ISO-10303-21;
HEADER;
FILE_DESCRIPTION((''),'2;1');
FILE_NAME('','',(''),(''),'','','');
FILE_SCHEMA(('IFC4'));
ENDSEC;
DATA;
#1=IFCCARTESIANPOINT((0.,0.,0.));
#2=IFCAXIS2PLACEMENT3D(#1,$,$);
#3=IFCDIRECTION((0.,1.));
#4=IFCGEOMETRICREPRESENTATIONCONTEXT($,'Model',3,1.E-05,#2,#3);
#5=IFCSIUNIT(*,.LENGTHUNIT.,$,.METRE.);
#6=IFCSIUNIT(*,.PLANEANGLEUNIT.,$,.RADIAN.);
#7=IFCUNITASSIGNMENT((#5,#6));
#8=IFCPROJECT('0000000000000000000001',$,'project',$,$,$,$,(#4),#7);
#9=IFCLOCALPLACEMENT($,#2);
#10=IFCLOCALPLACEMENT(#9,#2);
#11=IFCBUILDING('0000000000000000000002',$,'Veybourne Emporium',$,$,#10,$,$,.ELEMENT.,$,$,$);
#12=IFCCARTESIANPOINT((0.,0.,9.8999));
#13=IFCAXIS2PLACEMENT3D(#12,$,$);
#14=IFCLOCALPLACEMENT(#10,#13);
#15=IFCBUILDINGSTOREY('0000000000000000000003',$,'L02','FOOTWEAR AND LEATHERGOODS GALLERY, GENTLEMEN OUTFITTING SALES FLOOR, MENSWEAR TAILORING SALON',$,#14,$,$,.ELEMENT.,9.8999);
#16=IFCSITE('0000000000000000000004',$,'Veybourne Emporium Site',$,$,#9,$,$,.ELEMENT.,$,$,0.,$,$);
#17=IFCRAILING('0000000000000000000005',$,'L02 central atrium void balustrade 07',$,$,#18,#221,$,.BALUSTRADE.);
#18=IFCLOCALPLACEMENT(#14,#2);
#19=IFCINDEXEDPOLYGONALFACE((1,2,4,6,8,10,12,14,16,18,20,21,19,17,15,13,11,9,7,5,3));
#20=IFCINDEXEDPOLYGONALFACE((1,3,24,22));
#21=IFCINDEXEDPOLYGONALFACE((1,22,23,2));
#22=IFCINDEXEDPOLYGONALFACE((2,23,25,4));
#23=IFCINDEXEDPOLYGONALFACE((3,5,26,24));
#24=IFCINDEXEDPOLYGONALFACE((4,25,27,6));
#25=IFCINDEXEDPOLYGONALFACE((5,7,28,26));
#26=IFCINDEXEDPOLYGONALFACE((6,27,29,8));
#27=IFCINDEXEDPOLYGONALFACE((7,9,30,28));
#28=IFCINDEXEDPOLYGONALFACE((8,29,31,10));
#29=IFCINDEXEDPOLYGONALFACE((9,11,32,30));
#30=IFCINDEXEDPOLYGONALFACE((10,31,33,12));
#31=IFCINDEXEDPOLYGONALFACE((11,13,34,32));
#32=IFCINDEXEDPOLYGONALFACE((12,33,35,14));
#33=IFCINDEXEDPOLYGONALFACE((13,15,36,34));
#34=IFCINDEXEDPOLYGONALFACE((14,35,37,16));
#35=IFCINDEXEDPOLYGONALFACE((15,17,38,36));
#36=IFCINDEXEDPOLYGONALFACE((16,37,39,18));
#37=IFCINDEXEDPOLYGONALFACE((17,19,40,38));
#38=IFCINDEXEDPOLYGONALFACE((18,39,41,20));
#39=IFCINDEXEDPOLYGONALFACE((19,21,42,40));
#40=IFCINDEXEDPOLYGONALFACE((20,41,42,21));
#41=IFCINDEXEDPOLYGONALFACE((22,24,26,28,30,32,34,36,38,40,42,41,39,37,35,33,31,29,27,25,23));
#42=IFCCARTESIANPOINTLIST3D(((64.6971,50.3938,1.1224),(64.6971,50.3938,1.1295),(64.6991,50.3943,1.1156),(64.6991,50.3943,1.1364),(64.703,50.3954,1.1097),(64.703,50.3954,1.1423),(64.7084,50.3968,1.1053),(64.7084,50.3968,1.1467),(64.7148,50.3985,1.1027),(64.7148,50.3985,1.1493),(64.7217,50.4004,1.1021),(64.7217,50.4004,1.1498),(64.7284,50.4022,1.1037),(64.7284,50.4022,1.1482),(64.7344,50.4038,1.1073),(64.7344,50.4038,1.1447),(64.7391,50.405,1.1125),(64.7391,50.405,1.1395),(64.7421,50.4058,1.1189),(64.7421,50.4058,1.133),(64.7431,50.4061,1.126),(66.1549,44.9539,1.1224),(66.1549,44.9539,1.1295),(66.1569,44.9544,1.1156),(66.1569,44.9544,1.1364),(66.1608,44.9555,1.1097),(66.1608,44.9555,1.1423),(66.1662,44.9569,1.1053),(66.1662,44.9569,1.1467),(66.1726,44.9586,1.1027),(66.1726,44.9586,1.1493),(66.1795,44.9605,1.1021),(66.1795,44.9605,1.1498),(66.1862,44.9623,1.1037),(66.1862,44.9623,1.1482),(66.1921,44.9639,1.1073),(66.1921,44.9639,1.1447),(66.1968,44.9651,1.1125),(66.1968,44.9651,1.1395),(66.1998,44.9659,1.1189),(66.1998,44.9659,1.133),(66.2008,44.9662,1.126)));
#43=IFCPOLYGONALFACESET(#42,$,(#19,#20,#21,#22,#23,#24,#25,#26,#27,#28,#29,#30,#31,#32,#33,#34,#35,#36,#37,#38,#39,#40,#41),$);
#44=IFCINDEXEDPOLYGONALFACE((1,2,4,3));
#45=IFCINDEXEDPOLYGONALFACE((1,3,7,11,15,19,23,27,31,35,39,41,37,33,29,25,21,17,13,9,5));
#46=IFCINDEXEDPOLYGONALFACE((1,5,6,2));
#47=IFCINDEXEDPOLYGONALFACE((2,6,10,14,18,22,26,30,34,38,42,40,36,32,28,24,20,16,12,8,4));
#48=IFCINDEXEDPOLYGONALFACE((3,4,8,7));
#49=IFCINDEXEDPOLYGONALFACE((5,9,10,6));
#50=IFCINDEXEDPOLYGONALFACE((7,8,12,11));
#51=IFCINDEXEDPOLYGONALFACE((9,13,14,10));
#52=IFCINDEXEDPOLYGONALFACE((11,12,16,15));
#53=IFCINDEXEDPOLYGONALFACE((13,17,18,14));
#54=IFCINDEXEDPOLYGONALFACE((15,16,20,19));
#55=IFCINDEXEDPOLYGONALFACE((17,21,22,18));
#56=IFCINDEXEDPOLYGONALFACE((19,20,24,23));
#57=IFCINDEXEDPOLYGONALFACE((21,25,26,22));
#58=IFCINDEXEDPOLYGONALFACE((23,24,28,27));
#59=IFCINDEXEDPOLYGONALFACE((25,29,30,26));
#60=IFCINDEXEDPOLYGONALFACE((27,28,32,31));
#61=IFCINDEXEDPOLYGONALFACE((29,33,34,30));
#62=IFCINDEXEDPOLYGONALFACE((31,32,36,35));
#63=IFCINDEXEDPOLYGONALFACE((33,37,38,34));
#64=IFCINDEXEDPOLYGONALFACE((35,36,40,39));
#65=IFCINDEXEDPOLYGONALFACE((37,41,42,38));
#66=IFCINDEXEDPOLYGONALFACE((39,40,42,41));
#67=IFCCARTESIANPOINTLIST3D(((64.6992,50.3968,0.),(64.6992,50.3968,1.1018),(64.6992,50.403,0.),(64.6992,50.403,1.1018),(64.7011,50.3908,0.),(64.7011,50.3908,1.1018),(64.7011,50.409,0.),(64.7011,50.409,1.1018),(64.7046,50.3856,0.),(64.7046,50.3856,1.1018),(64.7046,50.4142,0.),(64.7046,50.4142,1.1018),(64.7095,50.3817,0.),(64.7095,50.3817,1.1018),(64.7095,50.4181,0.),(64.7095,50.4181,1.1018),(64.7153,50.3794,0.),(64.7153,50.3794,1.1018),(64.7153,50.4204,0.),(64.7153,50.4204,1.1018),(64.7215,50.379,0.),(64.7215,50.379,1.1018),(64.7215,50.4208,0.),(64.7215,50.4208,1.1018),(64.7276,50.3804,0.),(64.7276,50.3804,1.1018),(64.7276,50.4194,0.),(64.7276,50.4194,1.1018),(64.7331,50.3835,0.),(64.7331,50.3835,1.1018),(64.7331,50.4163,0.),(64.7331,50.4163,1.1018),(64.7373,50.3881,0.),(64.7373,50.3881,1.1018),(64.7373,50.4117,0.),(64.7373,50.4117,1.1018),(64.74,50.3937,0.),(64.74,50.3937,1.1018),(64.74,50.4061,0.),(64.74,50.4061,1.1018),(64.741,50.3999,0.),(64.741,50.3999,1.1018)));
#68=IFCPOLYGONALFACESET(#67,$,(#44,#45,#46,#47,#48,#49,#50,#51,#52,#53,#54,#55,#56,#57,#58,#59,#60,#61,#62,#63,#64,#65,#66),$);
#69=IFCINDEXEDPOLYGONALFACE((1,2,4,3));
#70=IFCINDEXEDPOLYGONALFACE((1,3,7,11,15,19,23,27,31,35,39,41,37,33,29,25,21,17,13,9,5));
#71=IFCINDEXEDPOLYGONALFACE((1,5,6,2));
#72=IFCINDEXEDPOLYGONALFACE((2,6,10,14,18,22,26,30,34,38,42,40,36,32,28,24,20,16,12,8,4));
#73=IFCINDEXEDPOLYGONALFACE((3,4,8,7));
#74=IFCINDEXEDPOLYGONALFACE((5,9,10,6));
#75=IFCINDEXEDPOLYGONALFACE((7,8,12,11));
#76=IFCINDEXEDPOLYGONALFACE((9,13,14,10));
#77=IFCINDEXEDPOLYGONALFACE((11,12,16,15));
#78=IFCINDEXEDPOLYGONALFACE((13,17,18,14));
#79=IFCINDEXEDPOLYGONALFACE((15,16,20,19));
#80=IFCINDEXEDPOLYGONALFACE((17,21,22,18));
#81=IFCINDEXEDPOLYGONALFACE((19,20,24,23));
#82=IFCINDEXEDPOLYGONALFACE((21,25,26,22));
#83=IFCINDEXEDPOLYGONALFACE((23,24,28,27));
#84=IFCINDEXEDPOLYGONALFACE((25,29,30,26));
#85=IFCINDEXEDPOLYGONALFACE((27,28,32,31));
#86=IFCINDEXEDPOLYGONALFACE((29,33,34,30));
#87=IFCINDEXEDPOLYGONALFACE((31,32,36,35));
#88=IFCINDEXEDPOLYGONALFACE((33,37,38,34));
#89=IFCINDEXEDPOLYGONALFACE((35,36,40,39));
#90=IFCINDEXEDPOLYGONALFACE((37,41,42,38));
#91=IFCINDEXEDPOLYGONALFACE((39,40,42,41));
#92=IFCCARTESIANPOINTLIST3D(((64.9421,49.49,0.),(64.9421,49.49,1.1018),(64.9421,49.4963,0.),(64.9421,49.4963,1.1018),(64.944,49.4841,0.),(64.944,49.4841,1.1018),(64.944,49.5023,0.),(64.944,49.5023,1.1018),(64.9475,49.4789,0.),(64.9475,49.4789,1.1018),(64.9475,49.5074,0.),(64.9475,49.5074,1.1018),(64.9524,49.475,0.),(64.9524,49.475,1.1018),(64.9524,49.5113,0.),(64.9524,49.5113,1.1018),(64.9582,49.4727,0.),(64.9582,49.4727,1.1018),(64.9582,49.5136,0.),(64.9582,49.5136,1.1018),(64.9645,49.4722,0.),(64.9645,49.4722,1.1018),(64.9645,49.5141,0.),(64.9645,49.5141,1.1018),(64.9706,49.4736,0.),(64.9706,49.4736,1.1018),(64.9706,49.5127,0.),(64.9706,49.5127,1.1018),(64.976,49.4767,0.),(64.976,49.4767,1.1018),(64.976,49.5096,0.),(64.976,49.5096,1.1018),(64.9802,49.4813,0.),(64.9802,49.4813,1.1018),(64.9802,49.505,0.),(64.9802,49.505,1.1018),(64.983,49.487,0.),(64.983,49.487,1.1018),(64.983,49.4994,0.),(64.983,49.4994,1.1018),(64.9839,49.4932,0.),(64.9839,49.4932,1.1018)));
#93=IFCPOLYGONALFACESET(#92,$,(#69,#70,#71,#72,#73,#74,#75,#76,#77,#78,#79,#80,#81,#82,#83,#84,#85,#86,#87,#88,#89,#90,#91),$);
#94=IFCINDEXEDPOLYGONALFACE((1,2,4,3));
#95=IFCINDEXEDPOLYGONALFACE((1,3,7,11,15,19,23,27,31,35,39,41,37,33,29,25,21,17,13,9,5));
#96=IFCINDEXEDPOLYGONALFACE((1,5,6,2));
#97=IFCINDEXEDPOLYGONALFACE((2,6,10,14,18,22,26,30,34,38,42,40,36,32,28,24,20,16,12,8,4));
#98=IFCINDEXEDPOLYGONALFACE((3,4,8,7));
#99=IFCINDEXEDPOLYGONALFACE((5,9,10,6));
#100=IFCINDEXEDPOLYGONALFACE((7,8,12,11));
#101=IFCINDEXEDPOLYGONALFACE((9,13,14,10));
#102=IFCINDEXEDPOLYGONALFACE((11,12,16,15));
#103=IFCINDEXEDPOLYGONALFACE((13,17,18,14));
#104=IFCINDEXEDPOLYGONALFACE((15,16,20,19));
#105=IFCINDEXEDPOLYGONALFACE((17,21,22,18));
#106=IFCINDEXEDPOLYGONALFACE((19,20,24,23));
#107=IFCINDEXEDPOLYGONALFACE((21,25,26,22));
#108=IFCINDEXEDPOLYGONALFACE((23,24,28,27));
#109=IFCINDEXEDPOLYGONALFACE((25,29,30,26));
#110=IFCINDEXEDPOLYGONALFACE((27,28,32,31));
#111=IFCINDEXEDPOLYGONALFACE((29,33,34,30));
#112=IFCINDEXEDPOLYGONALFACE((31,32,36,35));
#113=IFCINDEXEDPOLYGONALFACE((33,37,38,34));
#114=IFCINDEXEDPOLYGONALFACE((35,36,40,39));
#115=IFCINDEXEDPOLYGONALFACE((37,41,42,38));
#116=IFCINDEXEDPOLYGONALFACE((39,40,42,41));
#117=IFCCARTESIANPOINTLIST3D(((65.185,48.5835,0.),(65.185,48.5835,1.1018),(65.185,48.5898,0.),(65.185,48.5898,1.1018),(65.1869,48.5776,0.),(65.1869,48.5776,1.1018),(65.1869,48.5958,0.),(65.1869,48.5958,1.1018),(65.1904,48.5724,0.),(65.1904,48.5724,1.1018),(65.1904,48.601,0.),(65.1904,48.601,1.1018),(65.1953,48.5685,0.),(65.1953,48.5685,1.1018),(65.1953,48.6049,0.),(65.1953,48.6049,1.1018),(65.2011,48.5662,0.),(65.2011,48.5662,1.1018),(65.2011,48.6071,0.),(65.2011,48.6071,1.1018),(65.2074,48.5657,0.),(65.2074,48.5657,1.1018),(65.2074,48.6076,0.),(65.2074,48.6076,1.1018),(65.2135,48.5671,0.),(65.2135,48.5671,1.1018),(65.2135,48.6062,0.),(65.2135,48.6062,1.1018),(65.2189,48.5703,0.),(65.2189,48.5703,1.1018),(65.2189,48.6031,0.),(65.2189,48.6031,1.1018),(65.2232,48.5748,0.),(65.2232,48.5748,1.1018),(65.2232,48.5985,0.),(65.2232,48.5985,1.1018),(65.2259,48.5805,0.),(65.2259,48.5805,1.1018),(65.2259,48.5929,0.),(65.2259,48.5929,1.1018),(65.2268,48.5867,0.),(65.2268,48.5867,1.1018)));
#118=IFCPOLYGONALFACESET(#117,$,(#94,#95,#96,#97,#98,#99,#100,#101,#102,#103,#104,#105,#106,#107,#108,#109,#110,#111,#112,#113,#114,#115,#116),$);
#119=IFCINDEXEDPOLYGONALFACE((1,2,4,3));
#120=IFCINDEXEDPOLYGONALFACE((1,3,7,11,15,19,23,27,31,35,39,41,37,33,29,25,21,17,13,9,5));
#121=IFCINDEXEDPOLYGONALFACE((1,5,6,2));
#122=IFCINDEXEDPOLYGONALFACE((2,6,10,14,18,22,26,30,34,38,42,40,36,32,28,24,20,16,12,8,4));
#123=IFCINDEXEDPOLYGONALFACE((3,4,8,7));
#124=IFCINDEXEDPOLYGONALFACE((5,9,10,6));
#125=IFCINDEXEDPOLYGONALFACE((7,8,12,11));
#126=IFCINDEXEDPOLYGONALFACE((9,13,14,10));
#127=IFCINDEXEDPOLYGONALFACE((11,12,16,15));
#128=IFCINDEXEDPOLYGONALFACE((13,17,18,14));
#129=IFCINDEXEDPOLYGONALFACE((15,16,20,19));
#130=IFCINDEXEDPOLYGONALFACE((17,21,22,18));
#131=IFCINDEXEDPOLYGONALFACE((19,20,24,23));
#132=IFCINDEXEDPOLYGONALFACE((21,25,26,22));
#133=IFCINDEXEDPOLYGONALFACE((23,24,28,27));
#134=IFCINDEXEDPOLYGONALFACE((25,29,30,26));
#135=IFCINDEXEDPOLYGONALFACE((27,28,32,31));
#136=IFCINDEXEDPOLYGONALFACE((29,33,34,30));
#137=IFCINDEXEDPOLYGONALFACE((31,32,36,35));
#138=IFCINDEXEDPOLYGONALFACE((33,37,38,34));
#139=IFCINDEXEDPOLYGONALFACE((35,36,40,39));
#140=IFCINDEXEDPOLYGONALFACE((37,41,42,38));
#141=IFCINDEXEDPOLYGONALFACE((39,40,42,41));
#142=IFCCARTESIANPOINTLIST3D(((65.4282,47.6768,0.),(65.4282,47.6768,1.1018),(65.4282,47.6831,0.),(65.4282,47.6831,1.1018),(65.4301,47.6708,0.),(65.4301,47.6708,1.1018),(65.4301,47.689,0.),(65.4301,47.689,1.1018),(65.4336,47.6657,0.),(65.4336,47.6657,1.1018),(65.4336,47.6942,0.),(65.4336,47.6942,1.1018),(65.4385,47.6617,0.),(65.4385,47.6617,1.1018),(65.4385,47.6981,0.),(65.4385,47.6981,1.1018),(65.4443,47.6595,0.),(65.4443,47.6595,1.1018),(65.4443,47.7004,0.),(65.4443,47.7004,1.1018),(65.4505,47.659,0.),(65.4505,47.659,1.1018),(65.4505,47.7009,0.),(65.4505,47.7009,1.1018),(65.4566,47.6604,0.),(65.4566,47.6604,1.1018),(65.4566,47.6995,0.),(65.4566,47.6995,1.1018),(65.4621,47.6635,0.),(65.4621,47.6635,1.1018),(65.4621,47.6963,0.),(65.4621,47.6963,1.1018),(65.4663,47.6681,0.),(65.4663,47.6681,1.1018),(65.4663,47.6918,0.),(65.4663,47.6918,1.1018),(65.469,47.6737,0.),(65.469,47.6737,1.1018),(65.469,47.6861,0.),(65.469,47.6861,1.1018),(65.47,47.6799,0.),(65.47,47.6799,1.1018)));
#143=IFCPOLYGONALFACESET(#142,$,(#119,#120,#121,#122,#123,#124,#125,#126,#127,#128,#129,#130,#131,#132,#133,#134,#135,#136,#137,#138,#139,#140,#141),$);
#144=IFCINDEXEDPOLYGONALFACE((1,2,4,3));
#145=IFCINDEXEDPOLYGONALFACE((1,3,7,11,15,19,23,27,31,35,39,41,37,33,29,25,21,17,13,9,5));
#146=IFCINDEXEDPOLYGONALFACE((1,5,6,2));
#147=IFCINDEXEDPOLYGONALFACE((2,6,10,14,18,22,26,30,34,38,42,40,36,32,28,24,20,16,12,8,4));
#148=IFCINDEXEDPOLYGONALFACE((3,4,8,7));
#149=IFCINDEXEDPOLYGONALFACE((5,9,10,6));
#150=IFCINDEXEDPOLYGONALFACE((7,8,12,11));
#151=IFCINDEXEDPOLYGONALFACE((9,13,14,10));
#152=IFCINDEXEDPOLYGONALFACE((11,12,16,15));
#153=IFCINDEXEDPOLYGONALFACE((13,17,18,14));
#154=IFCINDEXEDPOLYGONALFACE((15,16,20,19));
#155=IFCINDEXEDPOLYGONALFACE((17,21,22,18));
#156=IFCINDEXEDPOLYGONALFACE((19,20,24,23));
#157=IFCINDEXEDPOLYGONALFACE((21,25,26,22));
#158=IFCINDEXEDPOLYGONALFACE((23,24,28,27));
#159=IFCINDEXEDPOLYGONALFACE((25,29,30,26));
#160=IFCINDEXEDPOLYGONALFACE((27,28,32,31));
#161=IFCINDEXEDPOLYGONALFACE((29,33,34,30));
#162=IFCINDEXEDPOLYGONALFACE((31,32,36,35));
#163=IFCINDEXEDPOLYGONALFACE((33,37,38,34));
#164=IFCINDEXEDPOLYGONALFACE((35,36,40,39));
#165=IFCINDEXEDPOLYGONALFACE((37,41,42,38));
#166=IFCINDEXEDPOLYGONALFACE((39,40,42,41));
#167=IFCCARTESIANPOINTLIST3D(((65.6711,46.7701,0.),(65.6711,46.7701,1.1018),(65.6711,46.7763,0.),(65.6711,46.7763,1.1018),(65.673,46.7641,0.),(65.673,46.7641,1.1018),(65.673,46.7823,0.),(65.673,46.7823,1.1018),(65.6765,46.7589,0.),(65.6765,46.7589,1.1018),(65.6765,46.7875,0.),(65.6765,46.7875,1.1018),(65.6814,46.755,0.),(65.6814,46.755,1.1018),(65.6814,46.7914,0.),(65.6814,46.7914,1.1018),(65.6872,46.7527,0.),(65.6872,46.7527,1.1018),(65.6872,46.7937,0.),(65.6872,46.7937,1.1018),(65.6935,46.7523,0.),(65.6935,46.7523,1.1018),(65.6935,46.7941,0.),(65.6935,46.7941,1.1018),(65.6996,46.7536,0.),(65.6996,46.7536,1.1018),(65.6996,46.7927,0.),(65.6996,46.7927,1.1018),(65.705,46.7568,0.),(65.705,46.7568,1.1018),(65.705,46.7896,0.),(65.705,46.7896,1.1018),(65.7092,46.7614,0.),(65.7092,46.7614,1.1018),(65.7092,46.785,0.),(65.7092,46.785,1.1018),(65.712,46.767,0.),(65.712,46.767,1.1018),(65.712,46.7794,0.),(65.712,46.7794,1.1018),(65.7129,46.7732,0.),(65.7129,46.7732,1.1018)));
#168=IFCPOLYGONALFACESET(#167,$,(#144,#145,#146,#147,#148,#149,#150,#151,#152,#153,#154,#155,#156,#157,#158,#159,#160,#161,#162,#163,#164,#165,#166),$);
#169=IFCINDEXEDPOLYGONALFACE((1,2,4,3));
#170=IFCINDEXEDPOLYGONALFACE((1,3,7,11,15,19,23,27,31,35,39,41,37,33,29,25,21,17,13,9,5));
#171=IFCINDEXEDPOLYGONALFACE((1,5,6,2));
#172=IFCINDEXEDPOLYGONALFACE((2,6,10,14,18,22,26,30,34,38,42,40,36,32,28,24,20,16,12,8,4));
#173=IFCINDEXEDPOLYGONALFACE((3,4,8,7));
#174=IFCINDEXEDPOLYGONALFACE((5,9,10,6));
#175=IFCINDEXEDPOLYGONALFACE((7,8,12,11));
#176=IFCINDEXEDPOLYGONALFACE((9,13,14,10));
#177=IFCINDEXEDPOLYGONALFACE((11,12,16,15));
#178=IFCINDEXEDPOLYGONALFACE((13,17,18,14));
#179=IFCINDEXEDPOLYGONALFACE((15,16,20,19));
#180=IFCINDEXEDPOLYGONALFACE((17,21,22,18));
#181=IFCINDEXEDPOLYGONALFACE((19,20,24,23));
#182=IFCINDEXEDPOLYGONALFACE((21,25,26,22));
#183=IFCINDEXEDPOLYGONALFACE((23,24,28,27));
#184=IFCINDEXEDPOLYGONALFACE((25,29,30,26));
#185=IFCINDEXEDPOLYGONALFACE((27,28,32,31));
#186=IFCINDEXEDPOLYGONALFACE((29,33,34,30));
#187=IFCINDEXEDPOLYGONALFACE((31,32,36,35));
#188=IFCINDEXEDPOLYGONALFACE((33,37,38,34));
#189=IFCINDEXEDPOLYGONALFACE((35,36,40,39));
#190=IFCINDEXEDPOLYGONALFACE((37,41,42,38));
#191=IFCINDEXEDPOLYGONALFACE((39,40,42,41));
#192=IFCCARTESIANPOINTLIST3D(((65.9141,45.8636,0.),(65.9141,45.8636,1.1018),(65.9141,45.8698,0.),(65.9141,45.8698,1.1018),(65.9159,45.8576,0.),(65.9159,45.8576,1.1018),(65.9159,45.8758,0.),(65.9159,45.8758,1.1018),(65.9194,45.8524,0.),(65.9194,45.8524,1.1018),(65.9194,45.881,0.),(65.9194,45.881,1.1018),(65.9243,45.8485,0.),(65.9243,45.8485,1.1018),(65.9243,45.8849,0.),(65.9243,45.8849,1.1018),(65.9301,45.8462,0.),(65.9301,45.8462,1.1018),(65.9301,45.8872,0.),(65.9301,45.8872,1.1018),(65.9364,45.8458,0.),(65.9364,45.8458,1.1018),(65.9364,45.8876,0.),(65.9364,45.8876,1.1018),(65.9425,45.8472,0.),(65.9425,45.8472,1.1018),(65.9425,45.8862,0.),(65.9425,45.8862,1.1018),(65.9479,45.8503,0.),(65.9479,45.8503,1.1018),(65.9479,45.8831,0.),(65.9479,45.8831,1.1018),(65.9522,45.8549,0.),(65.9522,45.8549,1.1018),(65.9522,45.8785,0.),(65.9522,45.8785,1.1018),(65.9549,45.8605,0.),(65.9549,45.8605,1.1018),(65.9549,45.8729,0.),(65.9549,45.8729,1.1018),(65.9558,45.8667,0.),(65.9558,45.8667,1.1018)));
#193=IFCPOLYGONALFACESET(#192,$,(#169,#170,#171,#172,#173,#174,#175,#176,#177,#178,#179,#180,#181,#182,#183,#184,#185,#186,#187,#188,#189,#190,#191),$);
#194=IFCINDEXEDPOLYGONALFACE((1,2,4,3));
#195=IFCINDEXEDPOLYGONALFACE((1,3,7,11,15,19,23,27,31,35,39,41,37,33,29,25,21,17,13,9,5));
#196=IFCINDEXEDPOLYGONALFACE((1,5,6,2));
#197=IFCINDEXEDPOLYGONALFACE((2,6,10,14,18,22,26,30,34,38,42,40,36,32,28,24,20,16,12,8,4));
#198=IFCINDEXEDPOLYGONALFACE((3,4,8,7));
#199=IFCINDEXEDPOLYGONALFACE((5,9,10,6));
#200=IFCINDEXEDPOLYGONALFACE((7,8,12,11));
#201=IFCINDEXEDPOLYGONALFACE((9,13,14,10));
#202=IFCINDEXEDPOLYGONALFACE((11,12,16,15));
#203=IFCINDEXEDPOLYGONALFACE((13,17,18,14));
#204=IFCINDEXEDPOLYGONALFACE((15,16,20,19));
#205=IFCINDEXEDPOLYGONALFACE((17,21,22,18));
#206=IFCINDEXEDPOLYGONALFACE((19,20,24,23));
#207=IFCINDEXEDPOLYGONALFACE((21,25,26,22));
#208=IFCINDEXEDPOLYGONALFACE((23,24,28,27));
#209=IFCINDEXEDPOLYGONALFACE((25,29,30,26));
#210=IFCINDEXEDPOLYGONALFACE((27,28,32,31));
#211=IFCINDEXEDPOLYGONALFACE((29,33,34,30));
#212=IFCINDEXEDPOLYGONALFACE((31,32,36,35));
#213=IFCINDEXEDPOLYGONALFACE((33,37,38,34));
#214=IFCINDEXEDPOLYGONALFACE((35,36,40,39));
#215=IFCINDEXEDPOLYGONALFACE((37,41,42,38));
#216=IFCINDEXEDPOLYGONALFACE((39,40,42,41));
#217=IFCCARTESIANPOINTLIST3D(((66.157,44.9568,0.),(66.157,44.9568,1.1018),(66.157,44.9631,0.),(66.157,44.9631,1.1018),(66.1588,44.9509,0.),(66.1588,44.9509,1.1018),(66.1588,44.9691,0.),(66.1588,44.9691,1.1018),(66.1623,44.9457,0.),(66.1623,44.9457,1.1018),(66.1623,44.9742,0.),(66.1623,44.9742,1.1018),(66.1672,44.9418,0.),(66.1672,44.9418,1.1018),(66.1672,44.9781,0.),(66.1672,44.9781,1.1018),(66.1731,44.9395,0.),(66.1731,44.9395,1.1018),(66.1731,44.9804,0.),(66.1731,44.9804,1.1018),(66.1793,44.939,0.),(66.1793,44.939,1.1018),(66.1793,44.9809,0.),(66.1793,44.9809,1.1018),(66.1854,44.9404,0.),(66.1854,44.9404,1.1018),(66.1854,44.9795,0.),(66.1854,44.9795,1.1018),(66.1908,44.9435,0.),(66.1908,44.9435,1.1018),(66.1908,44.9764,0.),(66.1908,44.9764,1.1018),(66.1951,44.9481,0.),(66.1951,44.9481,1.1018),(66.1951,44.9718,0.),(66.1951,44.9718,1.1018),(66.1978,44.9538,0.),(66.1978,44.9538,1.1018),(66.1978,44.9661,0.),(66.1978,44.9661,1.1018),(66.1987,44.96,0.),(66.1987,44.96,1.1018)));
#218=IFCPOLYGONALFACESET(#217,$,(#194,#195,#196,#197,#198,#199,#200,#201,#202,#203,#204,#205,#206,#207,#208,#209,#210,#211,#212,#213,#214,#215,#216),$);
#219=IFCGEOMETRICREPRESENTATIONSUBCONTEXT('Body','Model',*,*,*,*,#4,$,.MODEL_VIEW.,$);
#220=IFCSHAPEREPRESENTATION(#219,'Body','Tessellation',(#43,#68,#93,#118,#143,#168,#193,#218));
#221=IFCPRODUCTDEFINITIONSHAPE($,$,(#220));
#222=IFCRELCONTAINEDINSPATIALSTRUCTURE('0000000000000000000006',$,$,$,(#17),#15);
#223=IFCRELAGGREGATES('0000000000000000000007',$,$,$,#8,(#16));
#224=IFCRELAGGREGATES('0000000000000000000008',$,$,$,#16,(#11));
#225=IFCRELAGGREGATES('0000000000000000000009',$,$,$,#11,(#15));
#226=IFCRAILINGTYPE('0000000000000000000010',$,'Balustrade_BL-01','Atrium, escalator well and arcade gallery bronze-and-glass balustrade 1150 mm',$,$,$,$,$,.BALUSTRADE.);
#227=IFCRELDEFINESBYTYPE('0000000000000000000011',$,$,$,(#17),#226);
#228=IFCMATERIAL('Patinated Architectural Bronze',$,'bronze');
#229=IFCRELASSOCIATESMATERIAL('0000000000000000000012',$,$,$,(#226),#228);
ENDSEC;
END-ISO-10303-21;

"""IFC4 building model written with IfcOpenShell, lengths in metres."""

from ifc_helpers import new_model, si_unit, direction, frame, origin, origin_2d, place, context, subcontext, project, spatial, circle, extrude, material, type_object, element, save


model = new_model("IFC4")

# Units and contexts
model_context = context("Model", 3, precision=1e-05, world=origin(), true_north=direction((0.0, 1.0)))
body_context = subcontext(model_context, "Body", "Model", "MODEL_VIEW")
ifc_project = project(units=[si_unit("LENGTHUNIT", "METRE"), si_unit("PLANEANGLEUNIT", "RADIAN")], contexts=[model_context])

# Site, building, storey
site_placement = place(None, origin())
site = spatial("IfcSite", under=ifc_project, at=site_placement, Name="Veybourne Emporium Site", CompositionType="ELEMENT", RefElevation=0.0)
building_placement = place(site_placement, origin())
building = spatial("IfcBuilding", under=site, at=building_placement, Name="Veybourne Emporium", CompositionType="ELEMENT")
storey_placement = place(building_placement, frame((0.0, 0.0, 9.8999)))
storey = spatial("IfcBuildingStorey", under=building, at=storey_placement, Name="L02", Description="FOOTWEAR AND LEATHERGOODS GALLERY, GENTLEMEN OUTFITTING SALES FLOOR, MENSWEAR TAILORING SALON", CompositionType="ELEMENT", Elevation=9.8999)

# Railing
ifc_material_1 = material(Name="Patinated Architectural Bronze", Category="bronze")
railing_type = type_object("IfcRailingType", Name="Balustrade_BL-01", Description="Atrium, escalator well and arcade gallery bronze-and-glass balustrade 1150 mm", PredefinedType="BALUSTRADE", material=ifc_material_1)
railing_1_placement = place(storey_placement, frame((64.72, 50.3999, 0.0)))
element("IfcRailing", 1, at=railing_1_placement, inside=storey, type_object=railing_type, Name="L02 central atrium void balustrade 07", PredefinedType="BALUSTRADE", context=body_context, shape_type="SweptSolid", body=[
    extrude(circle(Radius=0.0239, at=origin_2d()), frame((0.0, 0.0, 1.126), z_axis=(0.258842, -0.96592, 0.0), x_axis=(0.96592, 0.258842, 0.0)), (0.0, 0.0, 1.0), 5.6318),
    extrude(circle(Radius=0.021, at=origin_2d()), origin(), (0.0, 0.0, 1.0), 1.1018),
    extrude(circle(Radius=0.021, at=origin_2d()), frame((0.2429, -0.9067, 0.0)), (0.0, 0.0, 1.0), 1.1018),
    extrude(circle(Radius=0.021, at=origin_2d()), frame((0.4858, -1.8132, 0.0)), (0.0, 0.0, 1.0), 1.1018),
    extrude(circle(Radius=0.021, at=origin_2d()), frame((0.729, -2.72, 0.0)), (0.0, 0.0, 1.0), 1.1018),
    extrude(circle(Radius=0.021, at=origin_2d()), frame((0.9719, -3.6267, 0.0)), (0.0, 0.0, 1.0), 1.1018),
    extrude(circle(Radius=0.021, at=origin_2d()), frame((1.2148, -4.5332, 0.0)), (0.0, 0.0, 1.0), 1.1018),
    extrude(circle(Radius=0.021, at=origin_2d()), frame((1.4578, -5.4399, 0.0)), (0.0, 0.0, 1.0), 1.1018),
])

save(model, "model.ifc")
